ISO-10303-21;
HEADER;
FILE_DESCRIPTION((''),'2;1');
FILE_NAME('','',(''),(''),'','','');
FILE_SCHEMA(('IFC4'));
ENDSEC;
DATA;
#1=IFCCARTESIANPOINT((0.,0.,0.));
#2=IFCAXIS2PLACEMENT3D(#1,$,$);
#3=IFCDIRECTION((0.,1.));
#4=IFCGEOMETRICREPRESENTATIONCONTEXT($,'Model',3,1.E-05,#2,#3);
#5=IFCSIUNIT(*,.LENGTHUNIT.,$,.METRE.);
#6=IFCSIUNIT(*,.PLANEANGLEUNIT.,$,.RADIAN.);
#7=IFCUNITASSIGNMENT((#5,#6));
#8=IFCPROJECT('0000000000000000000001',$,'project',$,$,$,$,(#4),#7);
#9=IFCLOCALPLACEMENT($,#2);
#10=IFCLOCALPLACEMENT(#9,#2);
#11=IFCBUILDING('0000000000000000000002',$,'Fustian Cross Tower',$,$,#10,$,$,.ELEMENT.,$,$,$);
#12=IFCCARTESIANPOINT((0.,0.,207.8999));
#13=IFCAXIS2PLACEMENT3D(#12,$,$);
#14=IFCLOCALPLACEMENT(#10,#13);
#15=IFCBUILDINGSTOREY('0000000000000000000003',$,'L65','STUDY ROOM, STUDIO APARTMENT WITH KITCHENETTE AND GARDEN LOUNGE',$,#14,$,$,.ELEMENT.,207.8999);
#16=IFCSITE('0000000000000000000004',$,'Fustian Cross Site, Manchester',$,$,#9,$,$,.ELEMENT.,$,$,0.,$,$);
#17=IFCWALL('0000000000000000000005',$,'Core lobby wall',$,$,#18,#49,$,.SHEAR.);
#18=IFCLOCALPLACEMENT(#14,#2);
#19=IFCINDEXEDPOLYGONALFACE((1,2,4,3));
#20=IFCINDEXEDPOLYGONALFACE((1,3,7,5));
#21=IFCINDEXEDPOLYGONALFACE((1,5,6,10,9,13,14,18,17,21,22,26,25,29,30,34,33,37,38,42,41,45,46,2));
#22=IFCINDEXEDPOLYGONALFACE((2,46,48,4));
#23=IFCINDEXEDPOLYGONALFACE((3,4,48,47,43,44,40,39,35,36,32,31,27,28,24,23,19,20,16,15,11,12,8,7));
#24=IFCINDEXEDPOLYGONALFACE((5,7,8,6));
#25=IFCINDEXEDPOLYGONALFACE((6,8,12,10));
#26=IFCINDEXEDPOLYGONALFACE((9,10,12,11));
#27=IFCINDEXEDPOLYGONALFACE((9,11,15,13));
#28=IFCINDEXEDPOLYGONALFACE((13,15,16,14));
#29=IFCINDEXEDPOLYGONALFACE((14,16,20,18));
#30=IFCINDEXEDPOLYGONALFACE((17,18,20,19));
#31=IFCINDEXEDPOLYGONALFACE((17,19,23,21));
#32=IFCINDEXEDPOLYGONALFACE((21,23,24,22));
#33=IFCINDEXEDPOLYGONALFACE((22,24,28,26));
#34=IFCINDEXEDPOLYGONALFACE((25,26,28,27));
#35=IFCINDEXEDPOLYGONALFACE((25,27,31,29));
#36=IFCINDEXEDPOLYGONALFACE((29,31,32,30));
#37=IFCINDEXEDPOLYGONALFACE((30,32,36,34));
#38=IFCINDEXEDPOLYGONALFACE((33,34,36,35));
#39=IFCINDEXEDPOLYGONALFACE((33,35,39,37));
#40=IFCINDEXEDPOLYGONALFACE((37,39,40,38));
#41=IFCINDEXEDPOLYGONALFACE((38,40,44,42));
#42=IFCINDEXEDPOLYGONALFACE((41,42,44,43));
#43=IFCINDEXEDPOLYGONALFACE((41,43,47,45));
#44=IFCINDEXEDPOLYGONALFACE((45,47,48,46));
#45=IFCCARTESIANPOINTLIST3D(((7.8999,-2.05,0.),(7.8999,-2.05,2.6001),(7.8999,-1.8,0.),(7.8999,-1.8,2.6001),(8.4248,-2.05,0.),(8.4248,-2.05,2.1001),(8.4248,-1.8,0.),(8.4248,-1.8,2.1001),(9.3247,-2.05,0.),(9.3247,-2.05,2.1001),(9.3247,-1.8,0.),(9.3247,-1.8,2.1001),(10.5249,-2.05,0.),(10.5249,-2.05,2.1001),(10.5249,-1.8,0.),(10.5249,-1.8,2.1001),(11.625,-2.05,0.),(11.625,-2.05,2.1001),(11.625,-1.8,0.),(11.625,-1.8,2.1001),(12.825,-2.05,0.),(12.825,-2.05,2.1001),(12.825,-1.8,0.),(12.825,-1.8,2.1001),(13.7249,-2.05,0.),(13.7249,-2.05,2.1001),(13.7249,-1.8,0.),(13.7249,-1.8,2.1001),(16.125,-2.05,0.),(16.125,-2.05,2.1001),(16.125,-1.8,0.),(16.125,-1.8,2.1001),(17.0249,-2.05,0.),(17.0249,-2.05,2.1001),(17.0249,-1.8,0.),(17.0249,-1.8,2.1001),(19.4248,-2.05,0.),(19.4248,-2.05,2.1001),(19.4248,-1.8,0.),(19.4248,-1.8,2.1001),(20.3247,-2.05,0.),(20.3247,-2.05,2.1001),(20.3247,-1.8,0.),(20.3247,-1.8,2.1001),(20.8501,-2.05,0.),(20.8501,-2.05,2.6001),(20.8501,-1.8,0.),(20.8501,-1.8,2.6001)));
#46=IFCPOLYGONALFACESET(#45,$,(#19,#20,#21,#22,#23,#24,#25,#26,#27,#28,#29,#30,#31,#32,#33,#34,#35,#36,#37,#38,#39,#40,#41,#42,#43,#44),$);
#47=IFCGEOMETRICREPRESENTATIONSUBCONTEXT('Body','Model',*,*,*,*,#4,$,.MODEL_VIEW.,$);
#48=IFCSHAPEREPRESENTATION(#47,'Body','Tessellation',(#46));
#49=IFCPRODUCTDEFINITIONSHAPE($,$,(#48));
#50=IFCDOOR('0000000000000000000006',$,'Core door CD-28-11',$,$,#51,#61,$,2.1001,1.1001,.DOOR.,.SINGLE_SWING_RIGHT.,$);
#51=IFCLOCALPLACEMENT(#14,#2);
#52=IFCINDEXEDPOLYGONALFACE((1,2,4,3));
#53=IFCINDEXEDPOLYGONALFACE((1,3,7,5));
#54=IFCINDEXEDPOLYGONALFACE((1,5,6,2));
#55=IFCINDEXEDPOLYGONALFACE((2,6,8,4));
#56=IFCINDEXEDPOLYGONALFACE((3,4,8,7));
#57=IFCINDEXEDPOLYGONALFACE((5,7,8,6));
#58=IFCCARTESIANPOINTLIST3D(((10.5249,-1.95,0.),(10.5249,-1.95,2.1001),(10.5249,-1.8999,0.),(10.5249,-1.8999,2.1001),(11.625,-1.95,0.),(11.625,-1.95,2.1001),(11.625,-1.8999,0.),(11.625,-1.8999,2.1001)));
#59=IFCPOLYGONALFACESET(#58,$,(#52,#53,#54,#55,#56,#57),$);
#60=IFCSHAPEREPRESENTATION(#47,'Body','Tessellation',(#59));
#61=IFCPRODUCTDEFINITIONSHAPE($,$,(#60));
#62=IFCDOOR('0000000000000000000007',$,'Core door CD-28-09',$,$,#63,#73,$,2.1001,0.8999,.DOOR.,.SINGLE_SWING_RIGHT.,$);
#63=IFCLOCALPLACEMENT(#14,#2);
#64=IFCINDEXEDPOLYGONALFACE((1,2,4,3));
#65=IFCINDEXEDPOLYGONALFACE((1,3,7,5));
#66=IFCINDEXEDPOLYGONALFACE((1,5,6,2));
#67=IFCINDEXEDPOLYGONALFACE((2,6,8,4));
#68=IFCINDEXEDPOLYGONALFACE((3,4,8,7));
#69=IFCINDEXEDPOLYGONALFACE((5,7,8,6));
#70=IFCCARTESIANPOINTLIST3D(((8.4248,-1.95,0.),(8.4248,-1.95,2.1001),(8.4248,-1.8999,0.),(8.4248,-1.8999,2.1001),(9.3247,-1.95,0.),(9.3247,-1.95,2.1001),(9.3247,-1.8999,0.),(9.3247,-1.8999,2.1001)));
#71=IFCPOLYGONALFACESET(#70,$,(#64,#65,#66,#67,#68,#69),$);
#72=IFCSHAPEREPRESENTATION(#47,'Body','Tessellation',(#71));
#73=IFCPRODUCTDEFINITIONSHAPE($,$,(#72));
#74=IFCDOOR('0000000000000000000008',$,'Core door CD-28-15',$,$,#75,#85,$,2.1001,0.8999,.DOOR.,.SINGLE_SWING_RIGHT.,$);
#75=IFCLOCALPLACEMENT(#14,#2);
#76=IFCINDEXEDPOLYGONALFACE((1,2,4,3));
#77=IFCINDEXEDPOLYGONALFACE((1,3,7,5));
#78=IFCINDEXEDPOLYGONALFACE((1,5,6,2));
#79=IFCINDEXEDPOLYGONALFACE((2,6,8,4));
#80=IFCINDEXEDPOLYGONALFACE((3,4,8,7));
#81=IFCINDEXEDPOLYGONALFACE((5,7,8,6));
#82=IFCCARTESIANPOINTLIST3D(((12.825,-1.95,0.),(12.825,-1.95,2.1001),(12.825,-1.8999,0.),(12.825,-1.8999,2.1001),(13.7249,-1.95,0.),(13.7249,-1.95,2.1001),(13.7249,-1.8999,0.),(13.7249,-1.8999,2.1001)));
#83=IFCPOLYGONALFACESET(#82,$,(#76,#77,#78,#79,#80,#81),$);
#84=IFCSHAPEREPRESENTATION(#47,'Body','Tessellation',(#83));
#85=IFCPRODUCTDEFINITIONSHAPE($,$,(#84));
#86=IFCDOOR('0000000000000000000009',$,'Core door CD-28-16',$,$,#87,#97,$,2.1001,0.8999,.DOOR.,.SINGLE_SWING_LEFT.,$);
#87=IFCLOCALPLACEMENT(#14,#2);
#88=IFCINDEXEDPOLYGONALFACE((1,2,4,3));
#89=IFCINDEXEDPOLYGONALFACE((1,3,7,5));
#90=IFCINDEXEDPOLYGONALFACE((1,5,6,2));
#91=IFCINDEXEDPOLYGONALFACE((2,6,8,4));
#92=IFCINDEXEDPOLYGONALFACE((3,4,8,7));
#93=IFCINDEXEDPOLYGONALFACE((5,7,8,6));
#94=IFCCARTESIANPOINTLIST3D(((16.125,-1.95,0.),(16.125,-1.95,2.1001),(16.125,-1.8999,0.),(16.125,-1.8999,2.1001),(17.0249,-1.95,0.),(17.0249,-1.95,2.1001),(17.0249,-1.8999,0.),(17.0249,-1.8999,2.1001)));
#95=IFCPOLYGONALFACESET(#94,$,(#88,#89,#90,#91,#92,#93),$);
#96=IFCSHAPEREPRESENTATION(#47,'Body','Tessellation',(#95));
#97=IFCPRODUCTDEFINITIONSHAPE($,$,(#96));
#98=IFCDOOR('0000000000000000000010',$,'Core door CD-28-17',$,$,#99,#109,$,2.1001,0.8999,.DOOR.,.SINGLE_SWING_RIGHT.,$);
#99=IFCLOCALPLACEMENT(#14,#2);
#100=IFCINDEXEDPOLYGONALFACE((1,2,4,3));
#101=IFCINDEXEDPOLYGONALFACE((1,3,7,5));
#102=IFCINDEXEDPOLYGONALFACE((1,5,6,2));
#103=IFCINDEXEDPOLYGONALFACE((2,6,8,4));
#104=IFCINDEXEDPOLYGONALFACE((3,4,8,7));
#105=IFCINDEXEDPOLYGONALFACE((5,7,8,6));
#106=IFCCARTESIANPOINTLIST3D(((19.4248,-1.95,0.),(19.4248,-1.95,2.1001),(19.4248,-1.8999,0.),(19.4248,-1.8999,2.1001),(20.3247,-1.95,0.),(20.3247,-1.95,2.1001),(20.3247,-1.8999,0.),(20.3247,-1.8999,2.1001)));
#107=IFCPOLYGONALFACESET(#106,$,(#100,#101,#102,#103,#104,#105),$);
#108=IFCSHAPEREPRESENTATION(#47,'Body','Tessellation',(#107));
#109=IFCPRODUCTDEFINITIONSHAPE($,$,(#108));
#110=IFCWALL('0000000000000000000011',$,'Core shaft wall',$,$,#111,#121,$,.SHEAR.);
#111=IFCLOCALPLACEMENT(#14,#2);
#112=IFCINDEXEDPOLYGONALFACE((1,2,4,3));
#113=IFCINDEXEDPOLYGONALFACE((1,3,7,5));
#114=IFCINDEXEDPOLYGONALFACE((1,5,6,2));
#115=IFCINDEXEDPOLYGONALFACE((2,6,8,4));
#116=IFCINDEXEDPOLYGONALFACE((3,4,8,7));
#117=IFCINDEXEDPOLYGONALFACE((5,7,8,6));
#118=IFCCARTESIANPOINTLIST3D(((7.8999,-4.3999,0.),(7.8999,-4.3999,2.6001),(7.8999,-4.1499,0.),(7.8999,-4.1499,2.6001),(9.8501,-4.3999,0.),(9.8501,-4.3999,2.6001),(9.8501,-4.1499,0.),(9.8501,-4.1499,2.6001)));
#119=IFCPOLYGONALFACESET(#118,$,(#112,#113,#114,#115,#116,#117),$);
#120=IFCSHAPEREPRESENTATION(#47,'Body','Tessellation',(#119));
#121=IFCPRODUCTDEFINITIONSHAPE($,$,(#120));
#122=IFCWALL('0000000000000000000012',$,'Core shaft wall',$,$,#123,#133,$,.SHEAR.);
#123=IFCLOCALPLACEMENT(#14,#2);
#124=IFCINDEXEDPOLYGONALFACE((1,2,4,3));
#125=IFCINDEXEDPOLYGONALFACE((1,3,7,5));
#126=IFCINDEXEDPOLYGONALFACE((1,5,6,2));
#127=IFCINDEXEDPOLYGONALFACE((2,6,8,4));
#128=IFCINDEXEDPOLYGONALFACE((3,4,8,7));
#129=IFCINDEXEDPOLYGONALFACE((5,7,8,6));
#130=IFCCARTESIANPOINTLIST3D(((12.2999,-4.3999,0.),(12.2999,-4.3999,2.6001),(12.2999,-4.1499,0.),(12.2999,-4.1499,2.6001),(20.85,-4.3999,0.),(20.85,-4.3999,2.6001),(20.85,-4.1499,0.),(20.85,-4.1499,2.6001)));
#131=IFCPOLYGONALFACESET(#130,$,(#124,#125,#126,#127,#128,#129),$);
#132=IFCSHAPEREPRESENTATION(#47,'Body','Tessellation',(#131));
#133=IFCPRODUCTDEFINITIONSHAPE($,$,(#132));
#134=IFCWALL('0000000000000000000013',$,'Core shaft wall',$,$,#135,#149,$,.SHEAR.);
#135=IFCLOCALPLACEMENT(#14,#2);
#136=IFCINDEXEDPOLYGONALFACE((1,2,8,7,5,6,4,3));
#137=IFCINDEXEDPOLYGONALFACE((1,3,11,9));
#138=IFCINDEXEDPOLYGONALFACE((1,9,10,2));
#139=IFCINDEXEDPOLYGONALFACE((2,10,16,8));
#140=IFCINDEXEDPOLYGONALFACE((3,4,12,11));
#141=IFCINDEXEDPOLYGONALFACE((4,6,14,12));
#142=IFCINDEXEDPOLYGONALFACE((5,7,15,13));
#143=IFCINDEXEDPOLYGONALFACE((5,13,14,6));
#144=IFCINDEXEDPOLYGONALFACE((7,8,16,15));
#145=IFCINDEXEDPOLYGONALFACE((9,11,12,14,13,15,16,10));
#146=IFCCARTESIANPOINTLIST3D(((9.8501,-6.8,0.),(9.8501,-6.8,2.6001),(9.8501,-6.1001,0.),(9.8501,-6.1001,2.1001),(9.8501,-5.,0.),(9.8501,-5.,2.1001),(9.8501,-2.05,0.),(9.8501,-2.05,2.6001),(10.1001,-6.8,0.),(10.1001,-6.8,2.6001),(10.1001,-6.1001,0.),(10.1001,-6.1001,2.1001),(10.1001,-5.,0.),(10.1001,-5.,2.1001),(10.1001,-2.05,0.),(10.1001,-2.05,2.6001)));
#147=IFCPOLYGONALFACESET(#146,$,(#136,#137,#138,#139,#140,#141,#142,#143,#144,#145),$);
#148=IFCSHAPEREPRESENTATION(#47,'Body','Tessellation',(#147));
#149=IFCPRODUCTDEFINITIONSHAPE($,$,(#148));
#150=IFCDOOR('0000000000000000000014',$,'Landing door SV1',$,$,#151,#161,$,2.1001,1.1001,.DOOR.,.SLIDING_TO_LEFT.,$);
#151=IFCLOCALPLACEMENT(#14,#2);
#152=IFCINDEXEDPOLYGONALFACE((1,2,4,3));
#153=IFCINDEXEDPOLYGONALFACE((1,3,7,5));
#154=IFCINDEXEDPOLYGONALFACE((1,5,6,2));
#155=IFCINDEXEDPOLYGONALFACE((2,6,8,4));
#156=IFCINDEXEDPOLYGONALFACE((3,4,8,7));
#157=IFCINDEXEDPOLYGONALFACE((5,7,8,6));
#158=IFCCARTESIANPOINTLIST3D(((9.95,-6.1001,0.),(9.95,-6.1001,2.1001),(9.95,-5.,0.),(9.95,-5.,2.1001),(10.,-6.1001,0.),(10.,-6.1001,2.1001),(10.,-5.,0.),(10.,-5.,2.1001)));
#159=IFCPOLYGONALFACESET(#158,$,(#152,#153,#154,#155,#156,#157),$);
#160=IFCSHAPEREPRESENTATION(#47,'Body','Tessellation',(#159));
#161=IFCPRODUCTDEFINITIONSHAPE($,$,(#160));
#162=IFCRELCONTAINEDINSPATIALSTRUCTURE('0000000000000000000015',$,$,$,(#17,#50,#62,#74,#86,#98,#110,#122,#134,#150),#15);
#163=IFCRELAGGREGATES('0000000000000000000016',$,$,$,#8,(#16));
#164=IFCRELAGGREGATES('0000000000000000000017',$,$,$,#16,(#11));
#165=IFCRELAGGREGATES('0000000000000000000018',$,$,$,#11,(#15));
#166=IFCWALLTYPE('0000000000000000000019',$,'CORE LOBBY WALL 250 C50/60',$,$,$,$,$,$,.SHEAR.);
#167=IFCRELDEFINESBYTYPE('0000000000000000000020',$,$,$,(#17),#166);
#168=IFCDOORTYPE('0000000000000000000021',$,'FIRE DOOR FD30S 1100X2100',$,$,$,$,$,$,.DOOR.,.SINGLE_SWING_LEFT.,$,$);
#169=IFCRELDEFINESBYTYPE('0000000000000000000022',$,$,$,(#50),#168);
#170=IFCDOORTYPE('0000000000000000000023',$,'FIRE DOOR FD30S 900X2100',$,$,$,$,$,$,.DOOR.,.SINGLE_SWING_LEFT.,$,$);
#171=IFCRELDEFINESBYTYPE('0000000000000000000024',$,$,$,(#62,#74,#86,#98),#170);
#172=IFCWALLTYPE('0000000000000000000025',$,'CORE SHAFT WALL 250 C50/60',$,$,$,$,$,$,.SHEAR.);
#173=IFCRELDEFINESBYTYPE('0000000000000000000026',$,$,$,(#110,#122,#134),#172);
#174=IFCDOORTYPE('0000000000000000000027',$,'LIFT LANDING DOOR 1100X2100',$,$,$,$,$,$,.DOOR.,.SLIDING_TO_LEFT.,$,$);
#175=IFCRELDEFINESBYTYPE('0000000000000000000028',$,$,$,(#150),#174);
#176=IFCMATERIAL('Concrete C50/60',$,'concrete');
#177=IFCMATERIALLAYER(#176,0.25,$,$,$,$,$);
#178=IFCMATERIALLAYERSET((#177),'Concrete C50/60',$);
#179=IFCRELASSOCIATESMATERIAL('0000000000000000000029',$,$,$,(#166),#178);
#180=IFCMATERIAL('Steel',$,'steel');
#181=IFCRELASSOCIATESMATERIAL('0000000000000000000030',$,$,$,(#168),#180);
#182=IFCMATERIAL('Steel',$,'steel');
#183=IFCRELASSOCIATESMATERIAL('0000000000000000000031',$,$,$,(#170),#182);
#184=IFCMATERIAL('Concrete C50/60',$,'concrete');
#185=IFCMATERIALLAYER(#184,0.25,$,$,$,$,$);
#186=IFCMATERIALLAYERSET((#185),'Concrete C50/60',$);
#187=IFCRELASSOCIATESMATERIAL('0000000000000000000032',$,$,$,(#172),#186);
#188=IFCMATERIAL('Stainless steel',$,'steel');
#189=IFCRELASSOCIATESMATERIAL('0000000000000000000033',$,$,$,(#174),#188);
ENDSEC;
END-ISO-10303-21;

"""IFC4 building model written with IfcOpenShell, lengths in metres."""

from ifc_helpers import new_model, si_unit, direction, frame, frame_2d, origin, place, context, subcontext, project, spatial, rectangle, extrude, material, layer, layer_set, type_object, element, fill, save


model = new_model("IFC4")

# Units and contexts
model_context = context("Model", 3, precision=1e-05, world=origin(), true_north=direction((0.0, 1.0)))
body_context = subcontext(model_context, "Body", "Model", "MODEL_VIEW")
ifc_project = project(units=[si_unit("LENGTHUNIT", "METRE"), si_unit("PLANEANGLEUNIT", "RADIAN")], contexts=[model_context])

# Site, building, storey
site_placement = place(None, origin())
site = spatial("IfcSite", under=ifc_project, at=site_placement, Name="Fustian Cross Site, Manchester", CompositionType="ELEMENT", RefElevation=0.0)
building_placement = place(site_placement, origin())
building = spatial("IfcBuilding", under=site, at=building_placement, Name="Fustian Cross Tower", CompositionType="ELEMENT")
storey_placement = place(building_placement, frame((0.0, 0.0, 207.8999)))
storey = spatial("IfcBuildingStorey", under=building, at=storey_placement, Name="L65", Description="STUDY ROOM, STUDIO APARTMENT WITH KITCHENETTE AND GARDEN LOUNGE", CompositionType="ELEMENT", Elevation=207.8999)

# Wall, openings, doors
ifc_material_1 = material(Name="Concrete C50/60", Category="concrete")
ifc_layer_1 = layer(ifc_material_1, 0.25)
ifc_layer_set_1 = layer_set([ifc_layer_1], Name="Concrete C50/60")
wall_type_1 = type_object("IfcWallType", Name="CORE LOBBY WALL 250 C50/60", PredefinedType="SHEAR", material=ifc_layer_set_1)
wall_1_placement = place(storey_placement, frame((7.8999, -1.925, 0.0), z_axis=(0.0, 0.0, 1.0), x_axis=(1.0, 0.0, 0.0)))
wall_1 = element("IfcWall", 1, at=wall_1_placement, inside=storey, type_object=wall_type_1, Name="Core lobby wall", PredefinedType="SHEAR", context=body_context, shape_type="SweptSolid", body=[
    extrude(rectangle(XDim=12.9502, YDim=0.25, at=frame_2d((6.4751, 0.0))), origin(), (0.0, 0.0, 1.0), 2.6001),
])
opening_1_placement = place(wall_1_placement, frame((0.5249, 0.0, 0.0)))
opening_1 = element("IfcOpeningElement", 2, at=opening_1_placement, cuts=wall_1, PredefinedType="OPENING", context=body_context, shape_type="SweptSolid", body=[
    extrude(rectangle(XDim=0.8999, YDim=2.1001, at=frame_2d((0.45, 1.05))), frame((0.0, 0.135, 0.0), z_axis=(0.0, -1.0, 0.0), x_axis=(1.0, 0.0, 0.0)), (0.0, 0.0, 1.0), 0.27),
])
opening_2_placement = place(wall_1_placement, frame((2.625, 0.0, 0.0)))
opening_2 = element("IfcOpeningElement", 3, at=opening_2_placement, cuts=wall_1, PredefinedType="OPENING", context=body_context, shape_type="SweptSolid", body=[
    extrude(rectangle(XDim=1.1001, YDim=2.1001, at=frame_2d((0.55, 1.05))), frame((0.0, 0.135, 0.0), z_axis=(0.0, -1.0, 0.0), x_axis=(1.0, 0.0, 0.0)), (0.0, 0.0, 1.0), 0.27),
])
opening_3_placement = place(wall_1_placement, frame((4.925, 0.0, 0.0)))
opening_3 = element("IfcOpeningElement", 4, at=opening_3_placement, cuts=wall_1, PredefinedType="OPENING", context=body_context, shape_type="SweptSolid", body=[
    extrude(rectangle(XDim=0.8999, YDim=2.1001, at=frame_2d((0.45, 1.05))), frame((0.0, 0.135, 0.0), z_axis=(0.0, -1.0, 0.0), x_axis=(1.0, 0.0, 0.0)), (0.0, 0.0, 1.0), 0.27),
])
opening_4_placement = place(wall_1_placement, frame((8.2251, 0.0, 0.0)))
opening_4 = element("IfcOpeningElement", 5, at=opening_4_placement, cuts=wall_1, PredefinedType="OPENING", context=body_context, shape_type="SweptSolid", body=[
    extrude(rectangle(XDim=0.8999, YDim=2.1001, at=frame_2d((0.45, 1.05))), frame((0.0, 0.135, 0.0), z_axis=(0.0, -1.0, 0.0), x_axis=(1.0, 0.0, 0.0)), (0.0, 0.0, 1.0), 0.27),
])
opening_5_placement = place(wall_1_placement, frame((11.5249, 0.0, 0.0)))
opening_5 = element("IfcOpeningElement", 6, at=opening_5_placement, cuts=wall_1, PredefinedType="OPENING", context=body_context, shape_type="SweptSolid", body=[
    extrude(rectangle(XDim=0.8999, YDim=2.1001, at=frame_2d((0.45, 1.05))), frame((0.0, 0.135, 0.0), z_axis=(0.0, -1.0, 0.0), x_axis=(1.0, 0.0, 0.0)), (0.0, 0.0, 1.0), 0.27),
])
ifc_material_2 = material(Name="Steel", Category="steel")
door_type_1 = type_object("IfcDoorType", Name="FIRE DOOR FD30S 1100X2100", OperationType="SINGLE_SWING_LEFT", PredefinedType="DOOR", material=ifc_material_2)
door_1_placement = place(opening_2_placement, frame((1.1001, 0.0, 0.0), z_axis=(0.0, 0.0, 1.0), x_axis=(-1.0, 0.0, 0.0)))
door_1 = element("IfcDoor", 7, at=door_1_placement, inside=storey, type_object=door_type_1, Name="Core door CD-28-11", OperationType="SINGLE_SWING_RIGHT", OverallHeight=2.1001, OverallWidth=1.1001, PredefinedType="DOOR", context=body_context, shape_type="SweptSolid", body=[
    extrude(rectangle(XDim=1.1001, YDim=2.1001, at=frame_2d((0.55, 1.05))), frame((0.0, 0.0249, 0.0), z_axis=(0.0, -1.0, 0.0), x_axis=(1.0, 0.0, 0.0)), (0.0, 0.0, 1.0), 0.05),
])
fill(opening_2, door_1)
ifc_material_3 = material(Name="Steel", Category="steel")
door_type_2 = type_object("IfcDoorType", Name="FIRE DOOR FD30S 900X2100", OperationType="SINGLE_SWING_LEFT", PredefinedType="DOOR", material=ifc_material_3)
door_2_placement = place(opening_1_placement, frame((0.8999, 0.0, 0.0), z_axis=(0.0, 0.0, 1.0), x_axis=(-1.0, 0.0, 0.0)))
door_2 = element("IfcDoor", 8, at=door_2_placement, inside=storey, type_object=door_type_2, Name="Core door CD-28-09", OperationType="SINGLE_SWING_RIGHT", OverallHeight=2.1001, OverallWidth=0.8999, PredefinedType="DOOR", context=body_context, shape_type="SweptSolid", body=[
    extrude(rectangle(XDim=0.8999, YDim=2.1001, at=frame_2d((0.45, 1.05))), frame((0.0, 0.0249, 0.0), z_axis=(0.0, -1.0, 0.0), x_axis=(1.0, 0.0, 0.0)), (0.0, 0.0, 1.0), 0.05),
])
fill(opening_1, door_2)
door_3_placement = place(opening_3_placement, frame((0.8999, 0.0, 0.0), z_axis=(0.0, 0.0, 1.0), x_axis=(-1.0, 0.0, 0.0)))
door_3 = element("IfcDoor", 9, at=door_3_placement, inside=storey, type_object=door_type_2, Name="Core door CD-28-15", OperationType="SINGLE_SWING_RIGHT", OverallHeight=2.1001, OverallWidth=0.8999, PredefinedType="DOOR", context=body_context, shape_type="SweptSolid", body=[
    extrude(rectangle(XDim=0.8999, YDim=2.1001, at=frame_2d((0.45, 1.05))), frame((0.0, 0.0249, 0.0), z_axis=(0.0, -1.0, 0.0), x_axis=(1.0, 0.0, 0.0)), (0.0, 0.0, 1.0), 0.05),
])
fill(opening_3, door_3)
door_4_placement = place(opening_4_placement, frame((0.8999, 0.0, 0.0), z_axis=(0.0, 0.0, 1.0), x_axis=(-1.0, 0.0, 0.0)))
door_4 = element("IfcDoor", 10, at=door_4_placement, inside=storey, type_object=door_type_2, Name="Core door CD-28-16", OperationType="SINGLE_SWING_LEFT", OverallHeight=2.1001, OverallWidth=0.8999, PredefinedType="DOOR", context=body_context, shape_type="SweptSolid", body=[
    extrude(rectangle(XDim=0.8999, YDim=2.1001, at=frame_2d((0.45, 1.05))), frame((0.0, 0.0249, 0.0), z_axis=(0.0, -1.0, 0.0), x_axis=(1.0, 0.0, 0.0)), (0.0, 0.0, 1.0), 0.05),
])
fill(opening_4, door_4)
door_5_placement = place(opening_5_placement, frame((0.8999, 0.0, 0.0), z_axis=(0.0, 0.0, 1.0), x_axis=(-1.0, 0.0, 0.0)))
door_5 = element("IfcDoor", 11, at=door_5_placement, inside=storey, type_object=door_type_2, Name="Core door CD-28-17", OperationType="SINGLE_SWING_RIGHT", OverallHeight=2.1001, OverallWidth=0.8999, PredefinedType="DOOR", context=body_context, shape_type="SweptSolid", body=[
    extrude(rectangle(XDim=0.8999, YDim=2.1001, at=frame_2d((0.45, 1.05))), frame((0.0, 0.0249, 0.0), z_axis=(0.0, -1.0, 0.0), x_axis=(1.0, 0.0, 0.0)), (0.0, 0.0, 1.0), 0.05),
])
fill(opening_5, door_5)

# Walls
ifc_material_4 = material(Name="Concrete C50/60", Category="concrete")
ifc_layer_2 = layer(ifc_material_4, 0.25)
ifc_layer_set_2 = layer_set([ifc_layer_2], Name="Concrete C50/60")
wall_type_2 = type_object("IfcWallType", Name="CORE SHAFT WALL 250 C50/60", PredefinedType="SHEAR", material=ifc_layer_set_2)
wall_2_placement = place(storey_placement, frame((7.8999, -4.2749, 0.0), z_axis=(0.0, 0.0, 1.0), x_axis=(1.0, 0.0, 0.0)))
element("IfcWall", 12, at=wall_2_placement, inside=storey, type_object=wall_type_2, Name="Core shaft wall", PredefinedType="SHEAR", context=body_context, shape_type="SweptSolid", body=[
    extrude(rectangle(XDim=1.9502, YDim=0.25, at=frame_2d((0.9751, 0.0))), origin(), (0.0, 0.0, 1.0), 2.6001),
])
wall_3_placement = place(storey_placement, frame((12.3, -4.2749, 0.0), z_axis=(0.0, 0.0, 1.0), x_axis=(1.0, 0.0, 0.0)))
element("IfcWall", 13, at=wall_3_placement, inside=storey, type_object=wall_type_2, Name="Core shaft wall", PredefinedType="SHEAR", context=body_context, shape_type="SweptSolid", body=[
    extrude(rectangle(XDim=8.55, YDim=0.25, at=frame_2d((4.2749, 0.0))), origin(), (0.0, 0.0, 1.0), 2.6001),
])

# Wall, opening, door
wall_4_placement = place(storey_placement, frame((9.9751, -2.05, 0.0), z_axis=(0.0, 0.0, 1.0), x_axis=(0.0, -1.0, 0.0)))
wall_4 = element("IfcWall", 14, at=wall_4_placement, inside=storey, type_object=wall_type_2, Name="Core shaft wall", PredefinedType="SHEAR", context=body_context, shape_type="SweptSolid", body=[
    extrude(rectangle(XDim=4.75, YDim=0.25, at=frame_2d((2.375, 0.0))), origin(), (0.0, 0.0, 1.0), 2.6001),
])
opening_6_placement = place(wall_4_placement, frame((2.95, 0.0, 0.0)))
opening_6 = element("IfcOpeningElement", 15, at=opening_6_placement, cuts=wall_4, PredefinedType="OPENING", context=body_context, shape_type="SweptSolid", body=[
    extrude(rectangle(XDim=1.1001, YDim=2.1001, at=frame_2d((0.55, 1.05))), frame((0.0, 0.135, 0.0), z_axis=(0.0, -1.0, 0.0), x_axis=(1.0, 0.0, 0.0)), (0.0, 0.0, 1.0), 0.27),
])
ifc_material_5 = material(Name="Stainless steel", Category="steel")
door_type_3 = type_object("IfcDoorType", Name="LIFT LANDING DOOR 1100X2100", OperationType="SLIDING_TO_LEFT", PredefinedType="DOOR", material=ifc_material_5)
door_6_placement = place(opening_6_placement, origin())
door_6 = element("IfcDoor", 16, at=door_6_placement, inside=storey, type_object=door_type_3, Name="Landing door SV1", OperationType="SLIDING_TO_LEFT", OverallHeight=2.1001, OverallWidth=1.1001, PredefinedType="DOOR", context=body_context, shape_type="SweptSolid", body=[
    extrude(rectangle(XDim=1.1001, YDim=2.1001, at=frame_2d((0.55, 1.05))), frame((0.0, 0.0249, 0.0), z_axis=(0.0, -1.0, 0.0), x_axis=(1.0, 0.0, 0.0)), (0.0, 0.0, 1.0), 0.05),
])
fill(opening_6, door_6)

save(model, "model.ifc")
